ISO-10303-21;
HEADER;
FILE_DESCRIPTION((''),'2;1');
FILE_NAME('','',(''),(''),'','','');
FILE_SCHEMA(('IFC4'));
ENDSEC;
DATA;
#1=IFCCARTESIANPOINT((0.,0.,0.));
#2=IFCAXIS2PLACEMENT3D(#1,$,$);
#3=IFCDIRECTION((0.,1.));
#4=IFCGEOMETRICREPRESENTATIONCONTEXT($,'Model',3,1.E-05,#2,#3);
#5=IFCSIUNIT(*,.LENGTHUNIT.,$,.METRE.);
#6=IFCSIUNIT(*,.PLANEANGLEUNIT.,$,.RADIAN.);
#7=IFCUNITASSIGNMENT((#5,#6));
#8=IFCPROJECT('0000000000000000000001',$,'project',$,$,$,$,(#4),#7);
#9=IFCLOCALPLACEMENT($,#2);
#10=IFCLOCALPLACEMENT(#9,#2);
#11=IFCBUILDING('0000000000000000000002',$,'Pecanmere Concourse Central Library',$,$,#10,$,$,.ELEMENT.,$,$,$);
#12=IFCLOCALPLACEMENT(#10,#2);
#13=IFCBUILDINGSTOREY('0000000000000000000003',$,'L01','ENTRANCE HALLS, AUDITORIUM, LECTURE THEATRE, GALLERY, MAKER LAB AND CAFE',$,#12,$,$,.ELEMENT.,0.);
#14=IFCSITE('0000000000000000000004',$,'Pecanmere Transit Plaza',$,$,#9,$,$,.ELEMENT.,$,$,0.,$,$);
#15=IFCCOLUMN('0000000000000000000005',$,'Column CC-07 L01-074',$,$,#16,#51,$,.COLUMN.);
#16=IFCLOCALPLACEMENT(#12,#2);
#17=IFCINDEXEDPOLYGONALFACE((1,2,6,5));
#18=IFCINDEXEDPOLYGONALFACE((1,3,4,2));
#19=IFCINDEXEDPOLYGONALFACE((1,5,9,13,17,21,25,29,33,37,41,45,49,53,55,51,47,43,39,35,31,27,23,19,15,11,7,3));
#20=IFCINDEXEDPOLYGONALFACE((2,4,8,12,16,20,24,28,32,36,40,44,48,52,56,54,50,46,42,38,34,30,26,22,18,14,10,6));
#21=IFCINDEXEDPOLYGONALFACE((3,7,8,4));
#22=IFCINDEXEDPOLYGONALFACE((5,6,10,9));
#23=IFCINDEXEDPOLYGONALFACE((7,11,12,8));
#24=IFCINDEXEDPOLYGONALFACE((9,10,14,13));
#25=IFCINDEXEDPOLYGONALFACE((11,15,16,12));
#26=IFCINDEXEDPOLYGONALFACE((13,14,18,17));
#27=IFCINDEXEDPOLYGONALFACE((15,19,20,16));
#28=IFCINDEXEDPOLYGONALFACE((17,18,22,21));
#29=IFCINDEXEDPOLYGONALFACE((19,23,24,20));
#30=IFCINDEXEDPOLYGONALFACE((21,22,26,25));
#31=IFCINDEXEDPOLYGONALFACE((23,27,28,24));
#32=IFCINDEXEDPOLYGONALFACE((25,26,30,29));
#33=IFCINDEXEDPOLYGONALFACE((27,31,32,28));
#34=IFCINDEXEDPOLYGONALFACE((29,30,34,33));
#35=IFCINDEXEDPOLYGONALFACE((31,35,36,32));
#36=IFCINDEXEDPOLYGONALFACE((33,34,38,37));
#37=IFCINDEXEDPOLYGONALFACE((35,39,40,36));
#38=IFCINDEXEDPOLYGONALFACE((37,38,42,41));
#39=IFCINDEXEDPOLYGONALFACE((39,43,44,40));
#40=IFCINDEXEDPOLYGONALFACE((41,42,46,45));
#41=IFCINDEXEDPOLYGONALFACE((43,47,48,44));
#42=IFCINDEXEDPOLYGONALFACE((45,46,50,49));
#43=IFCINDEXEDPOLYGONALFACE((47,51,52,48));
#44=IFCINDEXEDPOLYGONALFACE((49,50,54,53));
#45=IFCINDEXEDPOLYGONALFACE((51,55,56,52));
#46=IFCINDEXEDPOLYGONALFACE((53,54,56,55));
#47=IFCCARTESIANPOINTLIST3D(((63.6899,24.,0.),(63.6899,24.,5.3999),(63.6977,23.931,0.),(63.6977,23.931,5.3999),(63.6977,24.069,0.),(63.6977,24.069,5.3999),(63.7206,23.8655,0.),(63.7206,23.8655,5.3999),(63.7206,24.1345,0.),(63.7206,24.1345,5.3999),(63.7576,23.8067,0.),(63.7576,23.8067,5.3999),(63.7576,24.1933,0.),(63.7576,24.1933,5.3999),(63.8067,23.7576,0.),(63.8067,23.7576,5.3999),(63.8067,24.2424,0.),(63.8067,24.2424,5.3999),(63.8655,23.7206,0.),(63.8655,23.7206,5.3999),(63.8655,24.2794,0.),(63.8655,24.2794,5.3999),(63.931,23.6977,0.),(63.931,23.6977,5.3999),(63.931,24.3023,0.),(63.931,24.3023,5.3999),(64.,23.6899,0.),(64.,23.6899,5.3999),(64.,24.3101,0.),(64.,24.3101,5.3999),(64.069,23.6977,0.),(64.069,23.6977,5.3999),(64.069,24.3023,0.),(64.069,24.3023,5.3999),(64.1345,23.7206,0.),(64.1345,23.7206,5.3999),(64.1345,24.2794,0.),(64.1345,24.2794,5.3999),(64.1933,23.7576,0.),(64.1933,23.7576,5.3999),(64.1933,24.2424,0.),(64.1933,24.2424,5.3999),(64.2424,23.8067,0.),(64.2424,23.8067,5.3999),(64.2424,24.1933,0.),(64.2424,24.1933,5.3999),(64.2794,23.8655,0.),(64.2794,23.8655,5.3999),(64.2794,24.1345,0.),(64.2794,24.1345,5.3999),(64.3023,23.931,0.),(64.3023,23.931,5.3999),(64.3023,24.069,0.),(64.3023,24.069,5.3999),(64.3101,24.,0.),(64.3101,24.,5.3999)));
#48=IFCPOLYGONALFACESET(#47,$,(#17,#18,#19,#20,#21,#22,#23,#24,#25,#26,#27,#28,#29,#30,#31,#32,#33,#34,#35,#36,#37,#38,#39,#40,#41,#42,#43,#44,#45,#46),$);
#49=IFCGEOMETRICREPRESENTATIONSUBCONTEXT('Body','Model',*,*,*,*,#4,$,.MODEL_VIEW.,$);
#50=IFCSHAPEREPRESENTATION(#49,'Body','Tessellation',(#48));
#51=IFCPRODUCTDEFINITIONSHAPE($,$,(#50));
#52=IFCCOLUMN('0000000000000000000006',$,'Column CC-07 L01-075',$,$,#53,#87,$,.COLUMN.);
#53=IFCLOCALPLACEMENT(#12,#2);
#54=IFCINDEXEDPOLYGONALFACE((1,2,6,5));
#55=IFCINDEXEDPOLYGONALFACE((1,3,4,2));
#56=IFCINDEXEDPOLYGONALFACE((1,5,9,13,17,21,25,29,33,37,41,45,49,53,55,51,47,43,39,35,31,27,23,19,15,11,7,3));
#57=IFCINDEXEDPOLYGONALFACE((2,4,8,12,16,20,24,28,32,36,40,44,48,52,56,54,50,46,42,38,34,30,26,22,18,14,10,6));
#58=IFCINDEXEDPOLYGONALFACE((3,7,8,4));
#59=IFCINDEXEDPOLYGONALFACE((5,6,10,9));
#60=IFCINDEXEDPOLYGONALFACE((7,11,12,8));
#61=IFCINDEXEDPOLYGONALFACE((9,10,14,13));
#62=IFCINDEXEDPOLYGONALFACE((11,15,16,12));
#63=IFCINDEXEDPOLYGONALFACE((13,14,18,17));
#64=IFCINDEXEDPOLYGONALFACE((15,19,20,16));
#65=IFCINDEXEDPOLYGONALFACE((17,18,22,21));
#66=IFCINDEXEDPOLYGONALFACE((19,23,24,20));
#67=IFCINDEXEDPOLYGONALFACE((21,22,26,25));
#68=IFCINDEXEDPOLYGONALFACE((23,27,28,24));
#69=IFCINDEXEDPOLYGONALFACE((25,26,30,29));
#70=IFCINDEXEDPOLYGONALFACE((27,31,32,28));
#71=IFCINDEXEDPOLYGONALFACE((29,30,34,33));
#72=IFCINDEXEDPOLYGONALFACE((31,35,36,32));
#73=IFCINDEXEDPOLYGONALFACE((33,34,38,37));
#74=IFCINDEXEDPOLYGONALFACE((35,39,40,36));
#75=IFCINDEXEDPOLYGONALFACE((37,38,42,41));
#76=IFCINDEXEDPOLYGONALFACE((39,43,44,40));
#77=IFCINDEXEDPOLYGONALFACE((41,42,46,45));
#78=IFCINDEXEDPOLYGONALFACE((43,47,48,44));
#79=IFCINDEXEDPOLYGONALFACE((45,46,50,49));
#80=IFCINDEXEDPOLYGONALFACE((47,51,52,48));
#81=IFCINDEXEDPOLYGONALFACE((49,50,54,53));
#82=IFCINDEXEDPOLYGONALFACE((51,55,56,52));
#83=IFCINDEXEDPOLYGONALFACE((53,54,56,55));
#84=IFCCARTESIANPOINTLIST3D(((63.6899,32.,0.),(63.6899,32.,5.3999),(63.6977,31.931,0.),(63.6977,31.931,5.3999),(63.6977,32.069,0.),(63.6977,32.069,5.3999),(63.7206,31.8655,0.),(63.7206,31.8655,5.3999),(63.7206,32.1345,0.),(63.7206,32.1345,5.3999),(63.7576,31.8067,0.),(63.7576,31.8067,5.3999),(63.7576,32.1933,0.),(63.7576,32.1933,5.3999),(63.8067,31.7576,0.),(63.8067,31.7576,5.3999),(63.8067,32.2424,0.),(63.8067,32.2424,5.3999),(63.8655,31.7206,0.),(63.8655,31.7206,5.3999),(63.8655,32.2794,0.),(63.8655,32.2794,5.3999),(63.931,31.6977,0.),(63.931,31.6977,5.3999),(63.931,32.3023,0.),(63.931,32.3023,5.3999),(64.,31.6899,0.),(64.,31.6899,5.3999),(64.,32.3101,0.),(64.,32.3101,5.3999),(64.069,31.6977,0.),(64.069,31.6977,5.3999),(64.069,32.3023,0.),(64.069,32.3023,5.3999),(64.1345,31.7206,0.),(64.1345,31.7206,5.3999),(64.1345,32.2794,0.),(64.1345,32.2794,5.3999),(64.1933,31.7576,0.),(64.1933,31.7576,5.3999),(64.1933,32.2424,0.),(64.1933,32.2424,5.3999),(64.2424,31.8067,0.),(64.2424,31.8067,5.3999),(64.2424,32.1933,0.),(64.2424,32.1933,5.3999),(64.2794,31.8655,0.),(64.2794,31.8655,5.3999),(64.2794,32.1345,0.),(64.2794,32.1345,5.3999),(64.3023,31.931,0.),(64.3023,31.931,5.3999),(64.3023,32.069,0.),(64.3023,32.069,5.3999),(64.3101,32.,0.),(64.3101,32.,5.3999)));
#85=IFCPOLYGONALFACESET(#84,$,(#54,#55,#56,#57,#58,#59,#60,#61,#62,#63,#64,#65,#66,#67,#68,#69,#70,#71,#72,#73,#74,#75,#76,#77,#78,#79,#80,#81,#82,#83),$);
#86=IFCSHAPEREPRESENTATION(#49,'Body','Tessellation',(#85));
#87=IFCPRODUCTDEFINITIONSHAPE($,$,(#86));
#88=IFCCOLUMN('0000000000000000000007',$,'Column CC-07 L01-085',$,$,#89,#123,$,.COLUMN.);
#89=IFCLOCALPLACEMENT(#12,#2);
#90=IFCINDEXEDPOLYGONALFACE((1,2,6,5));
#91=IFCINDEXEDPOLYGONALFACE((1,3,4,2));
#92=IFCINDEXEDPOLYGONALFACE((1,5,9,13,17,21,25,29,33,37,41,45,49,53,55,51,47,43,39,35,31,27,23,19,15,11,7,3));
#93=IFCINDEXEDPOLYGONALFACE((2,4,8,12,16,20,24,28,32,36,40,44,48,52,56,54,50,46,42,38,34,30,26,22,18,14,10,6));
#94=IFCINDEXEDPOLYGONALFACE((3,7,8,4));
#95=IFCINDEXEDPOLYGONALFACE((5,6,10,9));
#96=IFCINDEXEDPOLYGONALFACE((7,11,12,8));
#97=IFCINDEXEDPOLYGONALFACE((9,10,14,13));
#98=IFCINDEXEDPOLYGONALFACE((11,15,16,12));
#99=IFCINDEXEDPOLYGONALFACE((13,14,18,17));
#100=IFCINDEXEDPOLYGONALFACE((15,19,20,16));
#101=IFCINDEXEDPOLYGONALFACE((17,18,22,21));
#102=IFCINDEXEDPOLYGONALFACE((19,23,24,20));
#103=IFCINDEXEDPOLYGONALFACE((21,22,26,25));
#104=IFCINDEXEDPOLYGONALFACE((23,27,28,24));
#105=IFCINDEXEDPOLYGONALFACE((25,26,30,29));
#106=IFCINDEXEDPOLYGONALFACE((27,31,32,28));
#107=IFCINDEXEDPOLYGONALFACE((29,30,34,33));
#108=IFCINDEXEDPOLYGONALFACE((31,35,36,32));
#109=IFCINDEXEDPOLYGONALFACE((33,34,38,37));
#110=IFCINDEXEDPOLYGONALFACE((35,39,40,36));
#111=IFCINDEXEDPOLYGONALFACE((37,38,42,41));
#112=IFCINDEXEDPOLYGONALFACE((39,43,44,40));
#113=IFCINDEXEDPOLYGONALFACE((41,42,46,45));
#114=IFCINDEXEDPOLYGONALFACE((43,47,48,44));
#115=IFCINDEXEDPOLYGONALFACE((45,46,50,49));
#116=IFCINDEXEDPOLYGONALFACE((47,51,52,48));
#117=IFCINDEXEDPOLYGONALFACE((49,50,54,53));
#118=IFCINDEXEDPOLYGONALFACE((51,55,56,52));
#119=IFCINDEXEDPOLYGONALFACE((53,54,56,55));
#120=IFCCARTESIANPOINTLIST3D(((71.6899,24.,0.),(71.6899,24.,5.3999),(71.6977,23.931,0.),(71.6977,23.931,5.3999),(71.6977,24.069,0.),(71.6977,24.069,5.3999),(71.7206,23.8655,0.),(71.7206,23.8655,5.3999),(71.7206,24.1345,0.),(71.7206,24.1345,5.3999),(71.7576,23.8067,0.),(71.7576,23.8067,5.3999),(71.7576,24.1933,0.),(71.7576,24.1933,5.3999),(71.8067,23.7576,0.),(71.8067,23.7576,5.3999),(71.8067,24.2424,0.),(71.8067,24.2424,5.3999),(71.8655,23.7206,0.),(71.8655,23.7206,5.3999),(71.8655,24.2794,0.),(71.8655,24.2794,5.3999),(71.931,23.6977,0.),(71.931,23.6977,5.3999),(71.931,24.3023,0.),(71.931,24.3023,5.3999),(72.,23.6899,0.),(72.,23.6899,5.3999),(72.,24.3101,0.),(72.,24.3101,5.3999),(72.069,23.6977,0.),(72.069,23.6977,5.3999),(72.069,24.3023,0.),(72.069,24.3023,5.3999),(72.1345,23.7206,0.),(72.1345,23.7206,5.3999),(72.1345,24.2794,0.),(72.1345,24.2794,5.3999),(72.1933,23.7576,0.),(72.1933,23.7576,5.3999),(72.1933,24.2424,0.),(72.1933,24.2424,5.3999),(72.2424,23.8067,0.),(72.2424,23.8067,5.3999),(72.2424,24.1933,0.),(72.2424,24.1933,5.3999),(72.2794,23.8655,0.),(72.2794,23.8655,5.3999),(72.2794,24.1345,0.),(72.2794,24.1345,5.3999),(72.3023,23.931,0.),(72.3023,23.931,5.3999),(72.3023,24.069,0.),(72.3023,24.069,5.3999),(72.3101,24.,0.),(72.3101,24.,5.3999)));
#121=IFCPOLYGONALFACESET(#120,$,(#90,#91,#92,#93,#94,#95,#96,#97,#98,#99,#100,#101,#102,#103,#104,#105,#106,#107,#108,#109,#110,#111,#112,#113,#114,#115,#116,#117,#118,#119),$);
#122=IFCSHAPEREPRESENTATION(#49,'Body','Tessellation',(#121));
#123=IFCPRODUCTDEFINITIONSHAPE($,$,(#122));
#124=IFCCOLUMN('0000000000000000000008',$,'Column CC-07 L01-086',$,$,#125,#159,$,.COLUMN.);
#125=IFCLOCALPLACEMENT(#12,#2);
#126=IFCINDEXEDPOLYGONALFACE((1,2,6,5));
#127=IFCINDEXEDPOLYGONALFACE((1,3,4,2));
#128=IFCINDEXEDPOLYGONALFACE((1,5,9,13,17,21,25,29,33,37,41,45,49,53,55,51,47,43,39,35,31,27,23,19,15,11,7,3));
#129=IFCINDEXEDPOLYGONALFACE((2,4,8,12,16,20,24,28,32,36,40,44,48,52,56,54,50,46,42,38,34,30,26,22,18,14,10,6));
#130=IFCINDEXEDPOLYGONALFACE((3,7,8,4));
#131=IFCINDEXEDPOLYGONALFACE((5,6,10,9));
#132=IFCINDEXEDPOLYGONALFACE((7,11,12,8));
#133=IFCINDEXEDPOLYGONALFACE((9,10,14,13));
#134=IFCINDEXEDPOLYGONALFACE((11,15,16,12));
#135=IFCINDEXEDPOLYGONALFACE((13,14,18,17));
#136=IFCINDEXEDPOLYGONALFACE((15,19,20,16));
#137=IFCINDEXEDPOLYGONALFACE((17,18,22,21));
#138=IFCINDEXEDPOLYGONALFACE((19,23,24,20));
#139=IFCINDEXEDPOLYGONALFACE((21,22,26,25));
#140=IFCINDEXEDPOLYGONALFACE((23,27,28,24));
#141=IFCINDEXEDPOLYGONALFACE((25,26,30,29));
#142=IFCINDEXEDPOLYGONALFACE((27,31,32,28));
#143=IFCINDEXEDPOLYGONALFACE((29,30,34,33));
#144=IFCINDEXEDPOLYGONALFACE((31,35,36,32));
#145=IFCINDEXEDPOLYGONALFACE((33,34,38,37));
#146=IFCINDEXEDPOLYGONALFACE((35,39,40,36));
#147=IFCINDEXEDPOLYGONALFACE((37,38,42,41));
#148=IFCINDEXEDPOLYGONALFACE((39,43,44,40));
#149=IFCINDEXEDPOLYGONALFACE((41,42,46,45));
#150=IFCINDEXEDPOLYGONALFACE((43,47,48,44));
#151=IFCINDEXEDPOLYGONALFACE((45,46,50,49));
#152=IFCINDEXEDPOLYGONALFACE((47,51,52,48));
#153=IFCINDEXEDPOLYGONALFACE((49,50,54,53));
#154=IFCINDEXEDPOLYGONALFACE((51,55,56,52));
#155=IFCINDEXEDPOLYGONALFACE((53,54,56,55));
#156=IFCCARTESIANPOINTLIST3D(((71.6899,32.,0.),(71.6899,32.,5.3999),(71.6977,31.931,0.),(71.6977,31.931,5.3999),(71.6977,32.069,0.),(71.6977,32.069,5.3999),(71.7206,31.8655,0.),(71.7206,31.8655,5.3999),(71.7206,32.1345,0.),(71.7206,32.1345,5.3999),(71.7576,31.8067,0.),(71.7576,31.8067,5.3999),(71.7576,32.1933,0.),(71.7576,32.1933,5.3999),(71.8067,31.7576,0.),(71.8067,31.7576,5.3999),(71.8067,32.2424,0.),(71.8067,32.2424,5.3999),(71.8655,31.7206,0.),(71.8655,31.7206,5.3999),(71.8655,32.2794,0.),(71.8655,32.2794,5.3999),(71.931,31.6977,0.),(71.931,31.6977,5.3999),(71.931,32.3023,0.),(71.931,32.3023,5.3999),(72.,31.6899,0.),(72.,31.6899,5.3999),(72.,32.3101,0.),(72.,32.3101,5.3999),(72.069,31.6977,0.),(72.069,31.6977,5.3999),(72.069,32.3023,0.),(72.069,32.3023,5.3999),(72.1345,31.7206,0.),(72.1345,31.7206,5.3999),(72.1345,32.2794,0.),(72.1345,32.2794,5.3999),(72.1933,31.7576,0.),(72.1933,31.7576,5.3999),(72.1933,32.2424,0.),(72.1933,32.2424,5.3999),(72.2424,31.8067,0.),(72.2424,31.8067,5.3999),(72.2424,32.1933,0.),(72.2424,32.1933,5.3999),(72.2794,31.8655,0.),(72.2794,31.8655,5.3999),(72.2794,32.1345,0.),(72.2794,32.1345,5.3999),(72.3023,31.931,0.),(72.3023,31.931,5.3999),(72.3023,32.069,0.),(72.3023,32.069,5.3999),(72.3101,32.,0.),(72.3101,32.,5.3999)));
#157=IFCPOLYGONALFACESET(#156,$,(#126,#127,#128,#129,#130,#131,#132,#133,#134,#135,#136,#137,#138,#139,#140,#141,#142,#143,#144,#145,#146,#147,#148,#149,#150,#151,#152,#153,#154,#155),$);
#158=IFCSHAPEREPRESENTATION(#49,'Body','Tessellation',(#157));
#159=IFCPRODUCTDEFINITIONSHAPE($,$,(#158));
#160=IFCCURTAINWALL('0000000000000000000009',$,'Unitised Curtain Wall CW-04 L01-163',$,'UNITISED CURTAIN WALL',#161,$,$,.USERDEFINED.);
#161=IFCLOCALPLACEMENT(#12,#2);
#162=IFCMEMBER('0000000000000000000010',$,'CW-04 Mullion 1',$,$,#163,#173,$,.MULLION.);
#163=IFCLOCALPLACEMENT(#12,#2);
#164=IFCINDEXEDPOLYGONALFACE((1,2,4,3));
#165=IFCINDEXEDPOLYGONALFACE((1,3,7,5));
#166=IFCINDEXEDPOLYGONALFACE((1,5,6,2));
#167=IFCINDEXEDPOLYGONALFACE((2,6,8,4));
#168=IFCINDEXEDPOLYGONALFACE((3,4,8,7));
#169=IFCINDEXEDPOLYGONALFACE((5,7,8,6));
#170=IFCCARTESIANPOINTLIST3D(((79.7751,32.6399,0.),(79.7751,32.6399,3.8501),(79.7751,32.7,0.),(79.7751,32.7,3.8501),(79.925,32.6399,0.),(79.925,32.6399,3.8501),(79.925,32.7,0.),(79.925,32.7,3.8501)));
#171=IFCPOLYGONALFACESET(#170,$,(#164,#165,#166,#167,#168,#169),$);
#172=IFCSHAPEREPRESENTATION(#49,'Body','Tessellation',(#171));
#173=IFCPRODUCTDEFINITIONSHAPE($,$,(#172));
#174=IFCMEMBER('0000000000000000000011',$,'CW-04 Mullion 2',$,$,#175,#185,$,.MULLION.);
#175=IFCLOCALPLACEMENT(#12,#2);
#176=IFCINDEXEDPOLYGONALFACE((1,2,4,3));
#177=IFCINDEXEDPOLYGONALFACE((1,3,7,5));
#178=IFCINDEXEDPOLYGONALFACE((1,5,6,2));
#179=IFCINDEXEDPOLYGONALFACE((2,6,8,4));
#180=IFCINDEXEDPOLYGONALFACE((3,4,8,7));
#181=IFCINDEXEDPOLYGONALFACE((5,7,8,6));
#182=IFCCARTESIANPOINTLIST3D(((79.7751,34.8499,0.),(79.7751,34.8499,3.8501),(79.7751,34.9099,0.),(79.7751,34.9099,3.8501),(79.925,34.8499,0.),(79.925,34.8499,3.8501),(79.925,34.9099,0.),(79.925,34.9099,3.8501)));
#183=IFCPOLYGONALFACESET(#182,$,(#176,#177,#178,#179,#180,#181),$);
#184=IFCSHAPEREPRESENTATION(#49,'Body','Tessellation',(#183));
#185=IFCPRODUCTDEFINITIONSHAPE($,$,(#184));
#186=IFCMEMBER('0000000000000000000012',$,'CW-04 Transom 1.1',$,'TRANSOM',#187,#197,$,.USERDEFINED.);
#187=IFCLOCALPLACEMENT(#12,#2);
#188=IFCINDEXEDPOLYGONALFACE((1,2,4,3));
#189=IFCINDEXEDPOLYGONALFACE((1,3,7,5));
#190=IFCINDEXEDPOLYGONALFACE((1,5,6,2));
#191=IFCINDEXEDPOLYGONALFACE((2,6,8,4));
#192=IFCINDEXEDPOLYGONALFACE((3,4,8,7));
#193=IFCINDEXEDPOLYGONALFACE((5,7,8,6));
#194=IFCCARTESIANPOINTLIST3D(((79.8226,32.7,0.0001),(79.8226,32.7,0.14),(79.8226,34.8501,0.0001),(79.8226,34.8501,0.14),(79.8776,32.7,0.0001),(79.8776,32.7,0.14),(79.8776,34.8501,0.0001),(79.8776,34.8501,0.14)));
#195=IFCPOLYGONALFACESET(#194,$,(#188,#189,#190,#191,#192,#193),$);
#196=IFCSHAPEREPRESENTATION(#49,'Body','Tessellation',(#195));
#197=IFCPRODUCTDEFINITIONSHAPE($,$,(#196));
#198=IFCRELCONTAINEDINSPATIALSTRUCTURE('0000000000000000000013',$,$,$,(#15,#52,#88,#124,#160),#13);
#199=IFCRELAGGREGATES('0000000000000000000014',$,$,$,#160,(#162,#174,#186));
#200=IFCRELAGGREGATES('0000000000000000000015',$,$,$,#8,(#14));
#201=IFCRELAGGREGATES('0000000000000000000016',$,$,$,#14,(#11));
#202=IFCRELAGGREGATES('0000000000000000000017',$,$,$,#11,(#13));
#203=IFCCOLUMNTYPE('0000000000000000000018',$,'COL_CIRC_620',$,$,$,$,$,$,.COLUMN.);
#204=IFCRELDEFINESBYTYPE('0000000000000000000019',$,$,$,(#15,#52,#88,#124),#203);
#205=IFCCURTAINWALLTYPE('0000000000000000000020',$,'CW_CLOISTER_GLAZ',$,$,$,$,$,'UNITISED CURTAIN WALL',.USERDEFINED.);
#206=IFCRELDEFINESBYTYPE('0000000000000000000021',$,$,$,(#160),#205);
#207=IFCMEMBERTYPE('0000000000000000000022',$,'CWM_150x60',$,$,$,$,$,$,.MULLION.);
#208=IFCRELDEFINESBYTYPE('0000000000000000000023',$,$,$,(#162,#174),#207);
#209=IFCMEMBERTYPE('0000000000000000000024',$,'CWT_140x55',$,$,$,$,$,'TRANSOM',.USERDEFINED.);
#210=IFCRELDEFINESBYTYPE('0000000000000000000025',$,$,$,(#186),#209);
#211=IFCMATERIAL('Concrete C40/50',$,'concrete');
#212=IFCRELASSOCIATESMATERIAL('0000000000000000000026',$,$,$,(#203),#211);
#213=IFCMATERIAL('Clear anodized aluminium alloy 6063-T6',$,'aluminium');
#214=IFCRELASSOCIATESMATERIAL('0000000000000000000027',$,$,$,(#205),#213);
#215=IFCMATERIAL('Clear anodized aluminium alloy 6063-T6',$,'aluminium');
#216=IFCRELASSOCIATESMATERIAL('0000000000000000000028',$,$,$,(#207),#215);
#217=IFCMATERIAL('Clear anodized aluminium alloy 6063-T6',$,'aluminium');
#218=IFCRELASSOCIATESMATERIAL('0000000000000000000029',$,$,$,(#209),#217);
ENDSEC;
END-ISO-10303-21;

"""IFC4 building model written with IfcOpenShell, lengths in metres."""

from ifc_helpers import new_model, si_unit, direction, frame, origin, origin_2d, place, context, subcontext, project, spatial, rectangle, circle, extrude, material, material_profile, profile_set, type_object, element, aggregate, save


model = new_model("IFC4")

# Units and contexts
model_context = context("Model", 3, precision=1e-05, world=origin(), true_north=direction((0.0, 1.0)))
body_context = subcontext(model_context, "Body", "Model", "MODEL_VIEW")
ifc_project = project(units=[si_unit("LENGTHUNIT", "METRE"), si_unit("PLANEANGLEUNIT", "RADIAN")], contexts=[model_context])

# Site, building, storey
site_placement = place(None, origin())
site = spatial("IfcSite", under=ifc_project, at=site_placement, Name="Pecanmere Transit Plaza", CompositionType="ELEMENT", RefElevation=0.0)
building_placement = place(site_placement, origin())
building = spatial("IfcBuilding", under=site, at=building_placement, Name="Pecanmere Concourse Central Library", CompositionType="ELEMENT")
storey_placement = place(building_placement, origin())
storey = spatial("IfcBuildingStorey", under=building, at=storey_placement, Name="L01", Description="ENTRANCE HALLS, AUDITORIUM, LECTURE THEATRE, GALLERY, MAKER LAB AND CAFE", CompositionType="ELEMENT", Elevation=0.0)

# Columns
ifc_material_1 = material(Name="Concrete C40/50", Category="concrete")
ifc_material_profile_1 = material_profile(ifc_material_1, circle(Radius=0.3101, at=origin_2d()), Name="RC D620")
ifc_profile_set_1 = profile_set([ifc_material_profile_1], Name="Concrete C40/50")
column_type = type_object("IfcColumnType", Name="COL_CIRC_620", PredefinedType="COLUMN", material=ifc_profile_set_1)
for number, where, z_axis, x_axis, name in (
    (1, (64.0, 24.0, 0.0), (0.0, 0.0, 1.0), (1.0, 0.0, 0.0), "Column CC-07 L01-074"),
    (2, (64.0, 32.0, 0.0), (0.0, 0.0, 1.0), (1.0, 0.0, 0.0), "Column CC-07 L01-075"),
    (3, (72.0, 24.0, 0.0), (0.0, 0.0, 1.0), (1.0, 0.0, 0.0), "Column CC-07 L01-085"),
    (4, (72.0, 32.0, 0.0), (0.0, 0.0, 1.0), (1.0, 0.0, 0.0), "Column CC-07 L01-086"),
):
    element("IfcColumn", number, at=place(storey_placement, frame(where, z_axis=z_axis, x_axis=x_axis)), inside=storey, type_object=column_type, Name=name, PredefinedType="COLUMN", context=body_context, shape_type="SweptSolid", body=[
        extrude(circle(Radius=0.3101, at=origin_2d()), origin(), (0.0, 0.0, 1.0), 5.3999),
    ])

# Curtain wall, members
ifc_material_2 = material(Name="Clear anodized aluminium alloy 6063-T6", Category="aluminium")
curtain_wall_type = type_object("IfcCurtainWallType", Name="CW_CLOISTER_GLAZ", ElementType="UNITISED CURTAIN WALL", PredefinedType="USERDEFINED", material=ifc_material_2)
curtain_wall_placement = place(storey_placement, origin())
curtain_wall = element("IfcCurtainWall", 5, at=curtain_wall_placement, inside=storey, type_object=curtain_wall_type, Name="Unitised Curtain Wall CW-04 L01-163", ObjectType="UNITISED CURTAIN WALL", PredefinedType="USERDEFINED")
ifc_material_3 = material(Name="Clear anodized aluminium alloy 6063-T6", Category="aluminium")
ifc_material_profile_2 = material_profile(ifc_material_3, rectangle(XDim=0.0601, YDim=0.1499, at=origin_2d()), Name="AL 60x150")
ifc_profile_set_2 = profile_set([ifc_material_profile_2], Name="Clear anodized aluminium alloy 6063-T6")
member_type_1 = type_object("IfcMemberType", Name="CWM_150x60", PredefinedType="MULLION", material=ifc_profile_set_2)
member_1_placement = place(storey_placement, frame((79.8501, 32.6699, 0.0), z_axis=(0.0, 0.0, 1.0), x_axis=(0.0, 1.0, 0.0)))
member_1 = element("IfcMember", 6, at=member_1_placement, type_object=member_type_1, Name="CW-04 Mullion 1", PredefinedType="MULLION", context=body_context, shape_type="SweptSolid", body=[
    extrude(rectangle(XDim=0.0601, YDim=0.1499, at=origin_2d()), origin(), (0.0, 0.0, 1.0), 3.8501),
])
member_2_placement = place(storey_placement, frame((79.8501, 34.8799, 0.0), z_axis=(0.0, 0.0, 1.0), x_axis=(0.0, 1.0, 0.0)))
member_2 = element("IfcMember", 7, at=member_2_placement, type_object=member_type_1, Name="CW-04 Mullion 2", PredefinedType="MULLION", context=body_context, shape_type="SweptSolid", body=[
    extrude(rectangle(XDim=0.0601, YDim=0.1499, at=origin_2d()), origin(), (0.0, 0.0, 1.0), 3.8501),
])
ifc_material_4 = material(Name="Clear anodized aluminium alloy 6063-T6", Category="aluminium")
ifc_material_profile_3 = material_profile(ifc_material_4, rectangle(XDim=0.0549, YDim=0.1399, at=origin_2d()), Name="AL 55x140")
ifc_profile_set_3 = profile_set([ifc_material_profile_3], Name="Clear anodized aluminium alloy 6063-T6")
member_type_2 = type_object("IfcMemberType", Name="CWT_140x55", ElementType="TRANSOM", PredefinedType="USERDEFINED", material=ifc_profile_set_3)
member_3_placement = place(storey_placement, frame((79.8501, 32.7, 0.0701), z_axis=(0.0, 1.0, 0.0), x_axis=(-1.0, 0.0, 0.0)))
member_3 = element("IfcMember", 8, at=member_3_placement, type_object=member_type_2, Name="CW-04 Transom 1.1", ObjectType="TRANSOM", PredefinedType="USERDEFINED", context=body_context, shape_type="SweptSolid", body=[
    extrude(rectangle(XDim=0.0549, YDim=0.1399, at=origin_2d()), origin(), (0.0, 0.0, 1.0), 2.1501),
])
aggregate(curtain_wall, [member_1, member_2, member_3])

save(model, "model.ifc")
